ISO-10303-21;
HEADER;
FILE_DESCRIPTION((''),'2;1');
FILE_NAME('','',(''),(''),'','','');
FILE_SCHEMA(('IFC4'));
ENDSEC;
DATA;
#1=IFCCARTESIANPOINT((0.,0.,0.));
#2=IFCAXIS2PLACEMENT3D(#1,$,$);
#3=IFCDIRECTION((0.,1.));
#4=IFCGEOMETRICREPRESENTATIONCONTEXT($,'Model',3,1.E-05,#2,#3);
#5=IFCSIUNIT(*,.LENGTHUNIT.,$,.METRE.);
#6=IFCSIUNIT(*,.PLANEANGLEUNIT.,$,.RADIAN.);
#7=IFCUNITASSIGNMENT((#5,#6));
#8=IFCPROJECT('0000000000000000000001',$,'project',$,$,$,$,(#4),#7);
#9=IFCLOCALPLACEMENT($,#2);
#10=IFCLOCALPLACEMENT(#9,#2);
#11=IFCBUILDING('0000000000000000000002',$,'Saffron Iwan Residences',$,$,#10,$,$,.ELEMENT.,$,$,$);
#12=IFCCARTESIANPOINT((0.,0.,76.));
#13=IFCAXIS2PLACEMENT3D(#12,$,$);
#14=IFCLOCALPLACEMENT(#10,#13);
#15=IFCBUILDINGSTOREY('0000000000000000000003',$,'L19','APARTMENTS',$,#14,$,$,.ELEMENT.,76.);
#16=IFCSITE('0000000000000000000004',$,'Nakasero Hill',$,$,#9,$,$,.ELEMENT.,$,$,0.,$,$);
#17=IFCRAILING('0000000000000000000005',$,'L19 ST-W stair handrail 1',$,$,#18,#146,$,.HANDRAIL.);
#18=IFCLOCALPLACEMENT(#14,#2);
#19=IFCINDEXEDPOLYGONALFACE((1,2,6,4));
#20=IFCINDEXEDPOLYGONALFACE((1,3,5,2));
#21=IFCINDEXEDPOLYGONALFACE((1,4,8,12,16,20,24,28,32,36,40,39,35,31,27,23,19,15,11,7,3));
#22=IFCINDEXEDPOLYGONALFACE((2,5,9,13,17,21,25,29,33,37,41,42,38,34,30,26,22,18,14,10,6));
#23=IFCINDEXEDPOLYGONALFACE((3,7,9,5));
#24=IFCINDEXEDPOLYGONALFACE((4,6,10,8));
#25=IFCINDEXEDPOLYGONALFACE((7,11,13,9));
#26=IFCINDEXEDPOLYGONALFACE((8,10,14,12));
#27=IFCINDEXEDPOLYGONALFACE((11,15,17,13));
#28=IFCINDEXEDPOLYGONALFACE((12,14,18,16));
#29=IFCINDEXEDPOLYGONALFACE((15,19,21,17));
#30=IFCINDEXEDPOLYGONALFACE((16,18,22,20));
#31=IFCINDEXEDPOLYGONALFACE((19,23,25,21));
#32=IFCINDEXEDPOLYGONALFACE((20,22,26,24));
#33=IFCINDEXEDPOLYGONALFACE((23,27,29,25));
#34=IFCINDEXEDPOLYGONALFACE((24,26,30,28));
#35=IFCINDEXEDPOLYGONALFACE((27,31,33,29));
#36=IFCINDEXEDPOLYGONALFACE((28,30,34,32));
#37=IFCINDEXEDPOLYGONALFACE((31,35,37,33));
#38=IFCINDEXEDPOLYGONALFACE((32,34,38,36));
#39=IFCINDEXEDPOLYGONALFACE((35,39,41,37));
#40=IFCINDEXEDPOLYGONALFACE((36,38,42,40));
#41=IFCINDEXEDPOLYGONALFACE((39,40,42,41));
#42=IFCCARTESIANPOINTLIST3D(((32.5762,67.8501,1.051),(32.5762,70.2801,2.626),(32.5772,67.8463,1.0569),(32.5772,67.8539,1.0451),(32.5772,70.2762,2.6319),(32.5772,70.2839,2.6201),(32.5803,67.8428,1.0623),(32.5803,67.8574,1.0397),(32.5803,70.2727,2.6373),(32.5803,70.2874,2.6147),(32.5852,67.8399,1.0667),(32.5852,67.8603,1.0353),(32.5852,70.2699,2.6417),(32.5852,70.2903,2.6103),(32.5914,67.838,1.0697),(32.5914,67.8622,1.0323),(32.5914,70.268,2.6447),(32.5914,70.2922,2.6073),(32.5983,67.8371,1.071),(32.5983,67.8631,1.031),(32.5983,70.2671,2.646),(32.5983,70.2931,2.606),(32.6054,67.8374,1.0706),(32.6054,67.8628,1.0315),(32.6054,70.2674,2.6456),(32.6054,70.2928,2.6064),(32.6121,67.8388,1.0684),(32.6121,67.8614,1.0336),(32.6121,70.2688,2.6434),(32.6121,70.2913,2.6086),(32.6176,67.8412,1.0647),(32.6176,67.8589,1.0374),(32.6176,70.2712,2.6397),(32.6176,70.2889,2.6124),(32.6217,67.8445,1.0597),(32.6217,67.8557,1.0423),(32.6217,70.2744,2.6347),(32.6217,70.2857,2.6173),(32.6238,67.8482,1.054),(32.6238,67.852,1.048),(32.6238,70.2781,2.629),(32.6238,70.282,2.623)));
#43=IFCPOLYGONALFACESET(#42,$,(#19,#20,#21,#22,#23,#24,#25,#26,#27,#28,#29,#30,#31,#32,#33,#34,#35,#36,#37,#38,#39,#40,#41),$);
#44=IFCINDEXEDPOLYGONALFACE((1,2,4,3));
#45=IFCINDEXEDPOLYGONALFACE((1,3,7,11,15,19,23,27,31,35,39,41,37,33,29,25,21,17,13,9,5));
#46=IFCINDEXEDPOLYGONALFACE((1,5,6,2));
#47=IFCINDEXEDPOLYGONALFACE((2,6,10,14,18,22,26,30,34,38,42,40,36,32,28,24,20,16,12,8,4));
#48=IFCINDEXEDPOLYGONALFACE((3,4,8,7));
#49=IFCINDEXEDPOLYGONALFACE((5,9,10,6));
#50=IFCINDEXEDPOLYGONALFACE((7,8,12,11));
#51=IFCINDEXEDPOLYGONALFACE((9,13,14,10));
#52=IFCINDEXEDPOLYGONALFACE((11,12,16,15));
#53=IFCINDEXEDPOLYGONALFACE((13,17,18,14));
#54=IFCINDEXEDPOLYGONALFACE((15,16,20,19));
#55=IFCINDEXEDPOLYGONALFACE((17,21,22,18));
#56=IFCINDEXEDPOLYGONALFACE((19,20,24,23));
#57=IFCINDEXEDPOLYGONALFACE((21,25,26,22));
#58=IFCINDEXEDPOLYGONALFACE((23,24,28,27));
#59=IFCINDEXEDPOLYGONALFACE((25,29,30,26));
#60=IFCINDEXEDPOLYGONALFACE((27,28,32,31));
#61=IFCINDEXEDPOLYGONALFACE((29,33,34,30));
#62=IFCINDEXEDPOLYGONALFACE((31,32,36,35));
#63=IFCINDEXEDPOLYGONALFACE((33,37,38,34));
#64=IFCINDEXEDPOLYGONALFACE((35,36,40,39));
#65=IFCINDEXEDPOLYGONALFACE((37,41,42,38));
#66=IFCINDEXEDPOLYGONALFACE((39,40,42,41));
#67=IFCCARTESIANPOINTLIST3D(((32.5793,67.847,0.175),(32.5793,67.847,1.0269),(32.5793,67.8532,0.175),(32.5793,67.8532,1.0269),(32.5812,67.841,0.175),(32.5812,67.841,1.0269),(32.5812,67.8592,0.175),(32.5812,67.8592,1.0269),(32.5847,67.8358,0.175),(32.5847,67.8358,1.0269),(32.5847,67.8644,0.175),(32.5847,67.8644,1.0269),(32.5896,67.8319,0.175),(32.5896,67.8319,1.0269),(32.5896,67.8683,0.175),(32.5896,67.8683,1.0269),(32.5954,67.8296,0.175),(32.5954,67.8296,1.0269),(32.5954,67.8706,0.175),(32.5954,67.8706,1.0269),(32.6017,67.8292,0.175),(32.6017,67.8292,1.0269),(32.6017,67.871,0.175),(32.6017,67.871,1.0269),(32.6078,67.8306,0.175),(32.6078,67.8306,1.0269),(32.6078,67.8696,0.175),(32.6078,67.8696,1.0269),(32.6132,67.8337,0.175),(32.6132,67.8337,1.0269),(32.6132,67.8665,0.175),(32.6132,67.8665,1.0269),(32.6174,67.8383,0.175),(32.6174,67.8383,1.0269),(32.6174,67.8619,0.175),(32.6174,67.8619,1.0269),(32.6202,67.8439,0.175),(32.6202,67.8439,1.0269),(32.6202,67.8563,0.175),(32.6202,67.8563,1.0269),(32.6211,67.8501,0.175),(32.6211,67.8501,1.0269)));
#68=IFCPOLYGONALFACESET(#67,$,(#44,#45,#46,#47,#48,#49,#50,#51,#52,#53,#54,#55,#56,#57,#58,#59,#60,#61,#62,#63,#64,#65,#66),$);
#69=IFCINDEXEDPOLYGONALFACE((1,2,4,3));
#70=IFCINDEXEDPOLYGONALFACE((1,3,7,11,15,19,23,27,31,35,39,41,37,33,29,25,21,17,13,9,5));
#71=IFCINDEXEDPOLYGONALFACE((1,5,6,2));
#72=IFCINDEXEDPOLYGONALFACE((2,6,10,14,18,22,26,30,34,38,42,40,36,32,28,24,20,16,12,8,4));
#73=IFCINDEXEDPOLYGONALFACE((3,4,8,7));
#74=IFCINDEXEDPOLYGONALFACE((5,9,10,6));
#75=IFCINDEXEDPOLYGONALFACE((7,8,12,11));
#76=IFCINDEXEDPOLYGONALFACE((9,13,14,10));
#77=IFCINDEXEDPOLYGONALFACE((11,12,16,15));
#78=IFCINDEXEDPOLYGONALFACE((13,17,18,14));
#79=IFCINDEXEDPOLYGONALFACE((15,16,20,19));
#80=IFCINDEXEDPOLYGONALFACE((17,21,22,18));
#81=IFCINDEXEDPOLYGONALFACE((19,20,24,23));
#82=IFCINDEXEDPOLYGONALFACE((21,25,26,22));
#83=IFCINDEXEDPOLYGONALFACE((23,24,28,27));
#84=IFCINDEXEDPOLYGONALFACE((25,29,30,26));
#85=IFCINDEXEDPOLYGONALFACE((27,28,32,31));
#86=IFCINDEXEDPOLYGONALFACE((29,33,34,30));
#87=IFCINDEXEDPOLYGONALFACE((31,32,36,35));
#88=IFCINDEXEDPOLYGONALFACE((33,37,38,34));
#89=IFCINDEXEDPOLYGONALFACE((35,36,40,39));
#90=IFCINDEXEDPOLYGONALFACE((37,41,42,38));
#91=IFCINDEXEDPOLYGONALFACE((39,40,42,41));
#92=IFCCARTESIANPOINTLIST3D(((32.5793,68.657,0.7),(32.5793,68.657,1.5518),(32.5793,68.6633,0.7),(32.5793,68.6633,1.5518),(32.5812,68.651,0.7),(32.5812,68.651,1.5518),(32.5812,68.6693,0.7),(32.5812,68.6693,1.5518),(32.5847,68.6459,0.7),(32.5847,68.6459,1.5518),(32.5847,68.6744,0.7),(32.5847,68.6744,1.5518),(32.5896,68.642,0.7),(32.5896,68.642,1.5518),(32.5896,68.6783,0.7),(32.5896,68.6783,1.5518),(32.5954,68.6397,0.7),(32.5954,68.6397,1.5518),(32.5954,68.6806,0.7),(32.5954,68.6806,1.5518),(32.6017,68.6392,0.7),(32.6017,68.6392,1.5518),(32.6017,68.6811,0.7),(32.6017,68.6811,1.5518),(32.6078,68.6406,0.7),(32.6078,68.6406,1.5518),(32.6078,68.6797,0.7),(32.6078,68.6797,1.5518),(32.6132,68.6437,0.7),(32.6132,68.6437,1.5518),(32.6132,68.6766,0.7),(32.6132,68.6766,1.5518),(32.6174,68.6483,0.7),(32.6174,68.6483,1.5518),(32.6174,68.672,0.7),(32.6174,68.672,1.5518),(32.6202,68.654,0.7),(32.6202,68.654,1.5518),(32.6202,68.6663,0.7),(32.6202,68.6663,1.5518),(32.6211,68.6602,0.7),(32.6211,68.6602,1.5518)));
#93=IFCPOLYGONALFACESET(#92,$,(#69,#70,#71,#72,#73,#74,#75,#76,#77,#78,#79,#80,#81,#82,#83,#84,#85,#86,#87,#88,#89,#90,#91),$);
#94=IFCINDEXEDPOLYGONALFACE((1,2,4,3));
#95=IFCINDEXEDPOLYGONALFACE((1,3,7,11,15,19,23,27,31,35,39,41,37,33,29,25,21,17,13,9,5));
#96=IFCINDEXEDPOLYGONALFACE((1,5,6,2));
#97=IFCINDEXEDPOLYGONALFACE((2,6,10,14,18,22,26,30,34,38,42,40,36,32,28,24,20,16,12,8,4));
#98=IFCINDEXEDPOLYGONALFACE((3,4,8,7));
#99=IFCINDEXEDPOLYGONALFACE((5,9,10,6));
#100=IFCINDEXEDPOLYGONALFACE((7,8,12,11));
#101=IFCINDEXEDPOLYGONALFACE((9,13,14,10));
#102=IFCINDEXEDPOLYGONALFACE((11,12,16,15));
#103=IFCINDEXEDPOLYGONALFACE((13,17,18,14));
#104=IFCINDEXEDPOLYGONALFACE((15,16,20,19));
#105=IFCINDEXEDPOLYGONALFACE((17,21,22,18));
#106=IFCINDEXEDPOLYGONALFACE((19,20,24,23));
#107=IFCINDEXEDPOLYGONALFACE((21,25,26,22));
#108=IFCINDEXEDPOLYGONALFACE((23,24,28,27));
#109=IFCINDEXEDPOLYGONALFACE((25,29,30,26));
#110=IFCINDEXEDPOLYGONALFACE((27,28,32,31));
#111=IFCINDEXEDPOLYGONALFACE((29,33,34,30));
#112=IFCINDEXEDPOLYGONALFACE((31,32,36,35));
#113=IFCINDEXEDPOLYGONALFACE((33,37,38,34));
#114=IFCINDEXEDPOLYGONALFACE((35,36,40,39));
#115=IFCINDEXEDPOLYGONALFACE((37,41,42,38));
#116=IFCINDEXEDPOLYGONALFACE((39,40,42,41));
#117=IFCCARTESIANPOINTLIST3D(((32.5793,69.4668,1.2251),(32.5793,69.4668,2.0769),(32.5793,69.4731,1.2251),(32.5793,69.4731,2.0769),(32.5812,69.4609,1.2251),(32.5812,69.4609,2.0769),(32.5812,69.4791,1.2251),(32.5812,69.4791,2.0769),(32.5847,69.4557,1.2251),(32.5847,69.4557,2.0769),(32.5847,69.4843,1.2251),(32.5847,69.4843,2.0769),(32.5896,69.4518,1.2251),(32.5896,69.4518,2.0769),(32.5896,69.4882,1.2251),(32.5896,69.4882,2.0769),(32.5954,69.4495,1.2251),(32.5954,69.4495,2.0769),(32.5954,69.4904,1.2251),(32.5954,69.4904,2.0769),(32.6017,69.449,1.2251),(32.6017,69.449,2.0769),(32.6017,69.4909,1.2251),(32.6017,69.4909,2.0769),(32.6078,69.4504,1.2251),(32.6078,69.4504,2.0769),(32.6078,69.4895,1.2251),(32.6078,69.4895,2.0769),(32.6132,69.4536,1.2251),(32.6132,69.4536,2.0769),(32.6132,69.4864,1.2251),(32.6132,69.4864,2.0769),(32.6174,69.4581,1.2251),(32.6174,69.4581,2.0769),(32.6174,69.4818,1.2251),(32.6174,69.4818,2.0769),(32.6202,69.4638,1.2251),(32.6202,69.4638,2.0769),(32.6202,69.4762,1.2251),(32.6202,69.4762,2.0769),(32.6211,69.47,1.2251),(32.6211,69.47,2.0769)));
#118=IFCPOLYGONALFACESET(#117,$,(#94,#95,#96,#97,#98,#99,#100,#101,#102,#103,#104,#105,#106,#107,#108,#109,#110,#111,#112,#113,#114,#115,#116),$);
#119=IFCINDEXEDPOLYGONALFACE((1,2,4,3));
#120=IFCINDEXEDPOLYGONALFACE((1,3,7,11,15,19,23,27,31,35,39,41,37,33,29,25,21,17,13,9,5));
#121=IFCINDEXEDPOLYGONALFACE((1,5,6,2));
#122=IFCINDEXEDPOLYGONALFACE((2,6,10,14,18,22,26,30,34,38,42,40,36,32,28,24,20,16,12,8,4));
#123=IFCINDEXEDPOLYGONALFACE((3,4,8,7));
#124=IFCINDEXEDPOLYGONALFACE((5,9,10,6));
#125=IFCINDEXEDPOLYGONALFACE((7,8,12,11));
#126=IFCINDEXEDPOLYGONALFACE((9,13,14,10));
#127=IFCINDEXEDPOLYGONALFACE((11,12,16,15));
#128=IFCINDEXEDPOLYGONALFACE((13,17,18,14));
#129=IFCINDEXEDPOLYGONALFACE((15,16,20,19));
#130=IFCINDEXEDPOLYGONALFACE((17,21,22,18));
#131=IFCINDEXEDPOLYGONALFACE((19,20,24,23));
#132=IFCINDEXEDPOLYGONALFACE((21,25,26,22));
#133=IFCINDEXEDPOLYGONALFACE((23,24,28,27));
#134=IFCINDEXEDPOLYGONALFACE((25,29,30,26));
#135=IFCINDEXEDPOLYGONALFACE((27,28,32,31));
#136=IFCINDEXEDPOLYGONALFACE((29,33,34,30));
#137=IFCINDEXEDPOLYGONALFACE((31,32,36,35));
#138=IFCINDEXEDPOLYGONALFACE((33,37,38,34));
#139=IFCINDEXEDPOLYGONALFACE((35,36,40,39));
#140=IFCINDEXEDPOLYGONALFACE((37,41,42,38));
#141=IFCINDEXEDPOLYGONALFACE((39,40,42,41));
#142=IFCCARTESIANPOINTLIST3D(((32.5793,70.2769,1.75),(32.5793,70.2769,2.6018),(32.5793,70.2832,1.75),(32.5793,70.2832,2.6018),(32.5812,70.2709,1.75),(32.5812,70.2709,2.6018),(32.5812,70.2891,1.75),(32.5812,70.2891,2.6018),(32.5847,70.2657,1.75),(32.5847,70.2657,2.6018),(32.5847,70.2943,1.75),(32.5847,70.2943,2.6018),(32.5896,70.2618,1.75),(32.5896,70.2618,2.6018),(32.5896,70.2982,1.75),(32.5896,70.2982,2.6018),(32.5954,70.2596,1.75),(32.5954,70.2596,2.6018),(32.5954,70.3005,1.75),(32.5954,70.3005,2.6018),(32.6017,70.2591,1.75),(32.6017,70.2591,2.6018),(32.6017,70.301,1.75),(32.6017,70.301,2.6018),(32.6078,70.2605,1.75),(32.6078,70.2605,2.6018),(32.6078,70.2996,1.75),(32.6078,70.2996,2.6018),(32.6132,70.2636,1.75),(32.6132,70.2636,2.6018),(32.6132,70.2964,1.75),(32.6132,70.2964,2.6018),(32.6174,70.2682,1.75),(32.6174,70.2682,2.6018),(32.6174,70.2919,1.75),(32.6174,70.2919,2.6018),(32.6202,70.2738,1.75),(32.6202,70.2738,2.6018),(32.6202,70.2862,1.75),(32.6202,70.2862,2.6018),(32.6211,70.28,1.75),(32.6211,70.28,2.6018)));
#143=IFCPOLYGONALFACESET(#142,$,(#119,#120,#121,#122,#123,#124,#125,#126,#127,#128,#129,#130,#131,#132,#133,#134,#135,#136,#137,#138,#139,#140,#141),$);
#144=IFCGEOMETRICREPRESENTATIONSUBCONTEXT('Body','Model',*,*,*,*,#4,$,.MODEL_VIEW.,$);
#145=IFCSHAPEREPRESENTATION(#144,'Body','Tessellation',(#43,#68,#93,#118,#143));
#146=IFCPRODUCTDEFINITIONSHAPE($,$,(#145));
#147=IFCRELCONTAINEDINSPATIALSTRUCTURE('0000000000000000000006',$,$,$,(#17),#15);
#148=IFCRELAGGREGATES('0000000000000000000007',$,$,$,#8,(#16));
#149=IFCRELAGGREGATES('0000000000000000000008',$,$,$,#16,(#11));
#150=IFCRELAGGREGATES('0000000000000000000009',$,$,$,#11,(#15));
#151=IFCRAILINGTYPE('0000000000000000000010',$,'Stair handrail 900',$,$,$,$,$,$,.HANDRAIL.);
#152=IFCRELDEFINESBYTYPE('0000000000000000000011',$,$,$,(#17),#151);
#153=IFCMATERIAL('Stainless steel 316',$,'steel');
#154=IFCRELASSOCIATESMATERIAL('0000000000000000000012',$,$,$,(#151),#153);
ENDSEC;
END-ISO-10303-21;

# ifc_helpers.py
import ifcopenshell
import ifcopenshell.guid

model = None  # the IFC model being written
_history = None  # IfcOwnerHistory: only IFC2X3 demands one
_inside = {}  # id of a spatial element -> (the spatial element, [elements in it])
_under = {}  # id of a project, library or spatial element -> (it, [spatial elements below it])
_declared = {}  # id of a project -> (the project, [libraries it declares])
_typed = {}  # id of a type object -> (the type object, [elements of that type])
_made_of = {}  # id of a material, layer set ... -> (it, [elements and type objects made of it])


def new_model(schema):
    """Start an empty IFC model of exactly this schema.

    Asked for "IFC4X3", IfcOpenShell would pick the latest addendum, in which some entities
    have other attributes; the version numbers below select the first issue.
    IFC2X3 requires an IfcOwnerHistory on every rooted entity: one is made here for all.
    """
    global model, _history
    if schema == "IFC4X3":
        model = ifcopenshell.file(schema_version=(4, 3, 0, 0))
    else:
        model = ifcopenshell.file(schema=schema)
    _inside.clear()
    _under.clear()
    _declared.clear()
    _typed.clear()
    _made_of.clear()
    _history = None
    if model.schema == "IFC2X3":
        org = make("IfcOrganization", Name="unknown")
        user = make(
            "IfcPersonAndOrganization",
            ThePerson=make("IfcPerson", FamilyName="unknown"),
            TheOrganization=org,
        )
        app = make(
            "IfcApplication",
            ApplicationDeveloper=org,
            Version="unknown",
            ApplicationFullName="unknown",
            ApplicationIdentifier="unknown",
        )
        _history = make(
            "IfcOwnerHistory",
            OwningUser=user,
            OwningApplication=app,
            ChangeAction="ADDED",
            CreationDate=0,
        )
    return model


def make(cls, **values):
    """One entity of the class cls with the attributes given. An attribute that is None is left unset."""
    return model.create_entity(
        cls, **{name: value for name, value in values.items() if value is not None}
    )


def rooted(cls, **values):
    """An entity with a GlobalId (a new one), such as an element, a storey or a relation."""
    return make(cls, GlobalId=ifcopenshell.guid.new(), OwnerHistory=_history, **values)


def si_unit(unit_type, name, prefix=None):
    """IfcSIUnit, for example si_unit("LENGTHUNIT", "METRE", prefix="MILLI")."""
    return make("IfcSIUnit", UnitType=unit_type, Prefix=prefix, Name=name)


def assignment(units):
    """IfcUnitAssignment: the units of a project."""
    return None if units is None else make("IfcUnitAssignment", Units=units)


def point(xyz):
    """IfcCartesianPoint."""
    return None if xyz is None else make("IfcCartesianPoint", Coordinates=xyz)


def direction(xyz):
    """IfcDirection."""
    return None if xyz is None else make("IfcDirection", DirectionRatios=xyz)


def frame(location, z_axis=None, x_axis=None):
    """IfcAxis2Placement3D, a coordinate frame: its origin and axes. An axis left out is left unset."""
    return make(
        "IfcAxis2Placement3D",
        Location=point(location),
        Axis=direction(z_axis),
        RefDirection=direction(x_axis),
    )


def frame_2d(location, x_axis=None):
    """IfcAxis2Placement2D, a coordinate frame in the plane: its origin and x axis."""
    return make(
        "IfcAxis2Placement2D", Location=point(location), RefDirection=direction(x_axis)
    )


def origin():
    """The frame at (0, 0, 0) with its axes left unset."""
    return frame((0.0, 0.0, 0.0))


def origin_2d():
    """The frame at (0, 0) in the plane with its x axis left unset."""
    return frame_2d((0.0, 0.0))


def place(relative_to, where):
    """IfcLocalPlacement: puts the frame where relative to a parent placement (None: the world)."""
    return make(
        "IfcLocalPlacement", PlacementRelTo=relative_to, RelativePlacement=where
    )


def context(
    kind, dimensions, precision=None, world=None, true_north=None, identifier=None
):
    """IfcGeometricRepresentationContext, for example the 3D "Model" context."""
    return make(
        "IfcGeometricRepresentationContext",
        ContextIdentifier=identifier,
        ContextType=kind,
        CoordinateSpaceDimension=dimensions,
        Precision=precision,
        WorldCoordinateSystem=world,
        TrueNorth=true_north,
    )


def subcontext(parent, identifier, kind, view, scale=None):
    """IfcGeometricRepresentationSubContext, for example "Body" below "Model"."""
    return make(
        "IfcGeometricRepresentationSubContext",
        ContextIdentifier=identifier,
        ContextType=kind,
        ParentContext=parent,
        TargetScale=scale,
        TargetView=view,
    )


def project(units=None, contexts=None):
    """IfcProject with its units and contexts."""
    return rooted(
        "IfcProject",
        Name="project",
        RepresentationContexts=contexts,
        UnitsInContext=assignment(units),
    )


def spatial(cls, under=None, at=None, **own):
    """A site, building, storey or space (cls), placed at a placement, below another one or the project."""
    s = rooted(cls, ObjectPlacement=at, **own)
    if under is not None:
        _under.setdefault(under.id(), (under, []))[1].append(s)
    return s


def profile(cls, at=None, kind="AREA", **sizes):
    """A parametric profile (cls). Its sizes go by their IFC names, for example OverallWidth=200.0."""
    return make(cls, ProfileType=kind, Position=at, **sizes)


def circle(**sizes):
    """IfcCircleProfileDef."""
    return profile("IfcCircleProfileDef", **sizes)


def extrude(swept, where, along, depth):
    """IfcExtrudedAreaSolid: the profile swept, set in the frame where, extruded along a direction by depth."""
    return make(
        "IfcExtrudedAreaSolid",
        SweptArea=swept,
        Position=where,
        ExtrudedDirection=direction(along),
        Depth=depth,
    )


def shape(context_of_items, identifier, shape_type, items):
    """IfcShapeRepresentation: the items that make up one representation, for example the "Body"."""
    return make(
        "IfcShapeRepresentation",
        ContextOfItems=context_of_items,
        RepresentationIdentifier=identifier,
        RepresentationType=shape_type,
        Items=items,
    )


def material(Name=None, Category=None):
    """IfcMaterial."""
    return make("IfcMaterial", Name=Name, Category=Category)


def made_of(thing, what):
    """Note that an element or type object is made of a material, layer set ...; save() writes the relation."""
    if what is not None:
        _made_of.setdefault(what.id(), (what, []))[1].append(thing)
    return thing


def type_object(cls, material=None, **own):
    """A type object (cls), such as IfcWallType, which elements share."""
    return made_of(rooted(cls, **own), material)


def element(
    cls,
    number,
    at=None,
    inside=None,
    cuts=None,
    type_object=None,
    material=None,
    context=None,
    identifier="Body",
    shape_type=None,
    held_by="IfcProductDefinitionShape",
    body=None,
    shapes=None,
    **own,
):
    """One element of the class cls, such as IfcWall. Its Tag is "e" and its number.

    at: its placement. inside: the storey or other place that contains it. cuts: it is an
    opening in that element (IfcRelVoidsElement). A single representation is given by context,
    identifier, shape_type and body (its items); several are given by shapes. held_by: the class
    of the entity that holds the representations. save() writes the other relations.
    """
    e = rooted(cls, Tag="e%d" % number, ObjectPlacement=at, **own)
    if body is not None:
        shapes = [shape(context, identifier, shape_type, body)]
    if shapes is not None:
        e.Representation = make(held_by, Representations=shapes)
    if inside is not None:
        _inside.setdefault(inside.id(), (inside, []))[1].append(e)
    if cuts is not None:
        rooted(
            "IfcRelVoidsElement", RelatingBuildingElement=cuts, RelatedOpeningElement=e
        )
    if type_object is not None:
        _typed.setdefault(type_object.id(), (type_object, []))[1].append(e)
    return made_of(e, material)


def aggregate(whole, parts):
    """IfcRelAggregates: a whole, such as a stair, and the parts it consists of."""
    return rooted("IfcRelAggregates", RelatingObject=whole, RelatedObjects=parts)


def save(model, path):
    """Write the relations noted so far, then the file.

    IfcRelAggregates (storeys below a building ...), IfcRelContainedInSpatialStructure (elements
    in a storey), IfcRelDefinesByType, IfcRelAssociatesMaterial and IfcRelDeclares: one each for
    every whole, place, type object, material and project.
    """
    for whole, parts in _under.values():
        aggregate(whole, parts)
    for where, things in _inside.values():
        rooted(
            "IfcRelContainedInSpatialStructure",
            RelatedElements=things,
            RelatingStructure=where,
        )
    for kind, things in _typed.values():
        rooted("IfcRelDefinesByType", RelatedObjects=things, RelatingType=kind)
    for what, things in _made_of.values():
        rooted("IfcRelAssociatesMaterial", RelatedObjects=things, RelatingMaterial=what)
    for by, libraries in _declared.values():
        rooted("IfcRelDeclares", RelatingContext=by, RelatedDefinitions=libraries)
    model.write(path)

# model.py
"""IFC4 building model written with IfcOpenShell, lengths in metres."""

from ifc_helpers import new_model, si_unit, direction, frame, origin, origin_2d, place, context, subcontext, project, spatial, circle, extrude, material, type_object, element, save


model = new_model("IFC4")

# Units and contexts
model_context = context("Model", 3, precision=1e-05, world=origin(), true_north=direction((0.0, 1.0)))
body_context = subcontext(model_context, "Body", "Model", "MODEL_VIEW")
ifc_project = project(units=[si_unit("LENGTHUNIT", "METRE"), si_unit("PLANEANGLEUNIT", "RADIAN")], contexts=[model_context])

# Site, building, storey
site_placement = place(None, origin())
site = spatial("IfcSite", under=ifc_project, at=site_placement, Name="Nakasero Hill", CompositionType="ELEMENT", RefElevation=0.0)
building_placement = place(site_placement, origin())
building = spatial("IfcBuilding", under=site, at=building_placement, Name="Saffron Iwan Residences", CompositionType="ELEMENT")
storey_placement = place(building_placement, frame((0.0, 0.0, 76.0)))
storey = spatial("IfcBuildingStorey", under=building, at=storey_placement, Name="L19", Description="APARTMENTS", CompositionType="ELEMENT", Elevation=76.0)

# Railing
ifc_material_1 = material(Name="Stainless steel 316", Category="steel")
railing_type_1 = type_object("IfcRailingType", Name="Stair handrail 900", PredefinedType="HANDRAIL", material=ifc_material_1)
railing_1_placement = place(storey_placement, frame((32.6001, 67.8501, 0.175)))
element("IfcRailing", 1, at=railing_1_placement, inside=storey, type_object=railing_type_1, Name="L19 ST-W stair handrail 1", PredefinedType="HANDRAIL", context=body_context, shape_type="SweptSolid", body=[
    extrude(circle(Radius=0.0239, at=origin_2d()), frame((0.0, 0.0, 0.876), z_axis=(0.0, 0.839154, 0.543894), x_axis=(-1.0, 0.0, 0.0)), (0.0, 0.0, 1.0), 2.8958),
    extrude(circle(Radius=0.021, at=origin_2d()), origin(), (0.0, 0.0, 1.0), 0.8518),
    extrude(circle(Radius=0.021, at=origin_2d()), frame((0.0, 0.8101, 0.5249)), (0.0, 0.0, 1.0), 0.8518),
    extrude(circle(Radius=0.021, at=origin_2d()), frame((0.0, 1.6199, 1.05)), (0.0, 0.0, 1.0), 0.8518),
    extrude(circle(Radius=0.021, at=origin_2d()), frame((0.0, 2.4299, 1.575)), (0.0, 0.0, 1.0), 0.8518),
])

save(model, "model.ifc")
